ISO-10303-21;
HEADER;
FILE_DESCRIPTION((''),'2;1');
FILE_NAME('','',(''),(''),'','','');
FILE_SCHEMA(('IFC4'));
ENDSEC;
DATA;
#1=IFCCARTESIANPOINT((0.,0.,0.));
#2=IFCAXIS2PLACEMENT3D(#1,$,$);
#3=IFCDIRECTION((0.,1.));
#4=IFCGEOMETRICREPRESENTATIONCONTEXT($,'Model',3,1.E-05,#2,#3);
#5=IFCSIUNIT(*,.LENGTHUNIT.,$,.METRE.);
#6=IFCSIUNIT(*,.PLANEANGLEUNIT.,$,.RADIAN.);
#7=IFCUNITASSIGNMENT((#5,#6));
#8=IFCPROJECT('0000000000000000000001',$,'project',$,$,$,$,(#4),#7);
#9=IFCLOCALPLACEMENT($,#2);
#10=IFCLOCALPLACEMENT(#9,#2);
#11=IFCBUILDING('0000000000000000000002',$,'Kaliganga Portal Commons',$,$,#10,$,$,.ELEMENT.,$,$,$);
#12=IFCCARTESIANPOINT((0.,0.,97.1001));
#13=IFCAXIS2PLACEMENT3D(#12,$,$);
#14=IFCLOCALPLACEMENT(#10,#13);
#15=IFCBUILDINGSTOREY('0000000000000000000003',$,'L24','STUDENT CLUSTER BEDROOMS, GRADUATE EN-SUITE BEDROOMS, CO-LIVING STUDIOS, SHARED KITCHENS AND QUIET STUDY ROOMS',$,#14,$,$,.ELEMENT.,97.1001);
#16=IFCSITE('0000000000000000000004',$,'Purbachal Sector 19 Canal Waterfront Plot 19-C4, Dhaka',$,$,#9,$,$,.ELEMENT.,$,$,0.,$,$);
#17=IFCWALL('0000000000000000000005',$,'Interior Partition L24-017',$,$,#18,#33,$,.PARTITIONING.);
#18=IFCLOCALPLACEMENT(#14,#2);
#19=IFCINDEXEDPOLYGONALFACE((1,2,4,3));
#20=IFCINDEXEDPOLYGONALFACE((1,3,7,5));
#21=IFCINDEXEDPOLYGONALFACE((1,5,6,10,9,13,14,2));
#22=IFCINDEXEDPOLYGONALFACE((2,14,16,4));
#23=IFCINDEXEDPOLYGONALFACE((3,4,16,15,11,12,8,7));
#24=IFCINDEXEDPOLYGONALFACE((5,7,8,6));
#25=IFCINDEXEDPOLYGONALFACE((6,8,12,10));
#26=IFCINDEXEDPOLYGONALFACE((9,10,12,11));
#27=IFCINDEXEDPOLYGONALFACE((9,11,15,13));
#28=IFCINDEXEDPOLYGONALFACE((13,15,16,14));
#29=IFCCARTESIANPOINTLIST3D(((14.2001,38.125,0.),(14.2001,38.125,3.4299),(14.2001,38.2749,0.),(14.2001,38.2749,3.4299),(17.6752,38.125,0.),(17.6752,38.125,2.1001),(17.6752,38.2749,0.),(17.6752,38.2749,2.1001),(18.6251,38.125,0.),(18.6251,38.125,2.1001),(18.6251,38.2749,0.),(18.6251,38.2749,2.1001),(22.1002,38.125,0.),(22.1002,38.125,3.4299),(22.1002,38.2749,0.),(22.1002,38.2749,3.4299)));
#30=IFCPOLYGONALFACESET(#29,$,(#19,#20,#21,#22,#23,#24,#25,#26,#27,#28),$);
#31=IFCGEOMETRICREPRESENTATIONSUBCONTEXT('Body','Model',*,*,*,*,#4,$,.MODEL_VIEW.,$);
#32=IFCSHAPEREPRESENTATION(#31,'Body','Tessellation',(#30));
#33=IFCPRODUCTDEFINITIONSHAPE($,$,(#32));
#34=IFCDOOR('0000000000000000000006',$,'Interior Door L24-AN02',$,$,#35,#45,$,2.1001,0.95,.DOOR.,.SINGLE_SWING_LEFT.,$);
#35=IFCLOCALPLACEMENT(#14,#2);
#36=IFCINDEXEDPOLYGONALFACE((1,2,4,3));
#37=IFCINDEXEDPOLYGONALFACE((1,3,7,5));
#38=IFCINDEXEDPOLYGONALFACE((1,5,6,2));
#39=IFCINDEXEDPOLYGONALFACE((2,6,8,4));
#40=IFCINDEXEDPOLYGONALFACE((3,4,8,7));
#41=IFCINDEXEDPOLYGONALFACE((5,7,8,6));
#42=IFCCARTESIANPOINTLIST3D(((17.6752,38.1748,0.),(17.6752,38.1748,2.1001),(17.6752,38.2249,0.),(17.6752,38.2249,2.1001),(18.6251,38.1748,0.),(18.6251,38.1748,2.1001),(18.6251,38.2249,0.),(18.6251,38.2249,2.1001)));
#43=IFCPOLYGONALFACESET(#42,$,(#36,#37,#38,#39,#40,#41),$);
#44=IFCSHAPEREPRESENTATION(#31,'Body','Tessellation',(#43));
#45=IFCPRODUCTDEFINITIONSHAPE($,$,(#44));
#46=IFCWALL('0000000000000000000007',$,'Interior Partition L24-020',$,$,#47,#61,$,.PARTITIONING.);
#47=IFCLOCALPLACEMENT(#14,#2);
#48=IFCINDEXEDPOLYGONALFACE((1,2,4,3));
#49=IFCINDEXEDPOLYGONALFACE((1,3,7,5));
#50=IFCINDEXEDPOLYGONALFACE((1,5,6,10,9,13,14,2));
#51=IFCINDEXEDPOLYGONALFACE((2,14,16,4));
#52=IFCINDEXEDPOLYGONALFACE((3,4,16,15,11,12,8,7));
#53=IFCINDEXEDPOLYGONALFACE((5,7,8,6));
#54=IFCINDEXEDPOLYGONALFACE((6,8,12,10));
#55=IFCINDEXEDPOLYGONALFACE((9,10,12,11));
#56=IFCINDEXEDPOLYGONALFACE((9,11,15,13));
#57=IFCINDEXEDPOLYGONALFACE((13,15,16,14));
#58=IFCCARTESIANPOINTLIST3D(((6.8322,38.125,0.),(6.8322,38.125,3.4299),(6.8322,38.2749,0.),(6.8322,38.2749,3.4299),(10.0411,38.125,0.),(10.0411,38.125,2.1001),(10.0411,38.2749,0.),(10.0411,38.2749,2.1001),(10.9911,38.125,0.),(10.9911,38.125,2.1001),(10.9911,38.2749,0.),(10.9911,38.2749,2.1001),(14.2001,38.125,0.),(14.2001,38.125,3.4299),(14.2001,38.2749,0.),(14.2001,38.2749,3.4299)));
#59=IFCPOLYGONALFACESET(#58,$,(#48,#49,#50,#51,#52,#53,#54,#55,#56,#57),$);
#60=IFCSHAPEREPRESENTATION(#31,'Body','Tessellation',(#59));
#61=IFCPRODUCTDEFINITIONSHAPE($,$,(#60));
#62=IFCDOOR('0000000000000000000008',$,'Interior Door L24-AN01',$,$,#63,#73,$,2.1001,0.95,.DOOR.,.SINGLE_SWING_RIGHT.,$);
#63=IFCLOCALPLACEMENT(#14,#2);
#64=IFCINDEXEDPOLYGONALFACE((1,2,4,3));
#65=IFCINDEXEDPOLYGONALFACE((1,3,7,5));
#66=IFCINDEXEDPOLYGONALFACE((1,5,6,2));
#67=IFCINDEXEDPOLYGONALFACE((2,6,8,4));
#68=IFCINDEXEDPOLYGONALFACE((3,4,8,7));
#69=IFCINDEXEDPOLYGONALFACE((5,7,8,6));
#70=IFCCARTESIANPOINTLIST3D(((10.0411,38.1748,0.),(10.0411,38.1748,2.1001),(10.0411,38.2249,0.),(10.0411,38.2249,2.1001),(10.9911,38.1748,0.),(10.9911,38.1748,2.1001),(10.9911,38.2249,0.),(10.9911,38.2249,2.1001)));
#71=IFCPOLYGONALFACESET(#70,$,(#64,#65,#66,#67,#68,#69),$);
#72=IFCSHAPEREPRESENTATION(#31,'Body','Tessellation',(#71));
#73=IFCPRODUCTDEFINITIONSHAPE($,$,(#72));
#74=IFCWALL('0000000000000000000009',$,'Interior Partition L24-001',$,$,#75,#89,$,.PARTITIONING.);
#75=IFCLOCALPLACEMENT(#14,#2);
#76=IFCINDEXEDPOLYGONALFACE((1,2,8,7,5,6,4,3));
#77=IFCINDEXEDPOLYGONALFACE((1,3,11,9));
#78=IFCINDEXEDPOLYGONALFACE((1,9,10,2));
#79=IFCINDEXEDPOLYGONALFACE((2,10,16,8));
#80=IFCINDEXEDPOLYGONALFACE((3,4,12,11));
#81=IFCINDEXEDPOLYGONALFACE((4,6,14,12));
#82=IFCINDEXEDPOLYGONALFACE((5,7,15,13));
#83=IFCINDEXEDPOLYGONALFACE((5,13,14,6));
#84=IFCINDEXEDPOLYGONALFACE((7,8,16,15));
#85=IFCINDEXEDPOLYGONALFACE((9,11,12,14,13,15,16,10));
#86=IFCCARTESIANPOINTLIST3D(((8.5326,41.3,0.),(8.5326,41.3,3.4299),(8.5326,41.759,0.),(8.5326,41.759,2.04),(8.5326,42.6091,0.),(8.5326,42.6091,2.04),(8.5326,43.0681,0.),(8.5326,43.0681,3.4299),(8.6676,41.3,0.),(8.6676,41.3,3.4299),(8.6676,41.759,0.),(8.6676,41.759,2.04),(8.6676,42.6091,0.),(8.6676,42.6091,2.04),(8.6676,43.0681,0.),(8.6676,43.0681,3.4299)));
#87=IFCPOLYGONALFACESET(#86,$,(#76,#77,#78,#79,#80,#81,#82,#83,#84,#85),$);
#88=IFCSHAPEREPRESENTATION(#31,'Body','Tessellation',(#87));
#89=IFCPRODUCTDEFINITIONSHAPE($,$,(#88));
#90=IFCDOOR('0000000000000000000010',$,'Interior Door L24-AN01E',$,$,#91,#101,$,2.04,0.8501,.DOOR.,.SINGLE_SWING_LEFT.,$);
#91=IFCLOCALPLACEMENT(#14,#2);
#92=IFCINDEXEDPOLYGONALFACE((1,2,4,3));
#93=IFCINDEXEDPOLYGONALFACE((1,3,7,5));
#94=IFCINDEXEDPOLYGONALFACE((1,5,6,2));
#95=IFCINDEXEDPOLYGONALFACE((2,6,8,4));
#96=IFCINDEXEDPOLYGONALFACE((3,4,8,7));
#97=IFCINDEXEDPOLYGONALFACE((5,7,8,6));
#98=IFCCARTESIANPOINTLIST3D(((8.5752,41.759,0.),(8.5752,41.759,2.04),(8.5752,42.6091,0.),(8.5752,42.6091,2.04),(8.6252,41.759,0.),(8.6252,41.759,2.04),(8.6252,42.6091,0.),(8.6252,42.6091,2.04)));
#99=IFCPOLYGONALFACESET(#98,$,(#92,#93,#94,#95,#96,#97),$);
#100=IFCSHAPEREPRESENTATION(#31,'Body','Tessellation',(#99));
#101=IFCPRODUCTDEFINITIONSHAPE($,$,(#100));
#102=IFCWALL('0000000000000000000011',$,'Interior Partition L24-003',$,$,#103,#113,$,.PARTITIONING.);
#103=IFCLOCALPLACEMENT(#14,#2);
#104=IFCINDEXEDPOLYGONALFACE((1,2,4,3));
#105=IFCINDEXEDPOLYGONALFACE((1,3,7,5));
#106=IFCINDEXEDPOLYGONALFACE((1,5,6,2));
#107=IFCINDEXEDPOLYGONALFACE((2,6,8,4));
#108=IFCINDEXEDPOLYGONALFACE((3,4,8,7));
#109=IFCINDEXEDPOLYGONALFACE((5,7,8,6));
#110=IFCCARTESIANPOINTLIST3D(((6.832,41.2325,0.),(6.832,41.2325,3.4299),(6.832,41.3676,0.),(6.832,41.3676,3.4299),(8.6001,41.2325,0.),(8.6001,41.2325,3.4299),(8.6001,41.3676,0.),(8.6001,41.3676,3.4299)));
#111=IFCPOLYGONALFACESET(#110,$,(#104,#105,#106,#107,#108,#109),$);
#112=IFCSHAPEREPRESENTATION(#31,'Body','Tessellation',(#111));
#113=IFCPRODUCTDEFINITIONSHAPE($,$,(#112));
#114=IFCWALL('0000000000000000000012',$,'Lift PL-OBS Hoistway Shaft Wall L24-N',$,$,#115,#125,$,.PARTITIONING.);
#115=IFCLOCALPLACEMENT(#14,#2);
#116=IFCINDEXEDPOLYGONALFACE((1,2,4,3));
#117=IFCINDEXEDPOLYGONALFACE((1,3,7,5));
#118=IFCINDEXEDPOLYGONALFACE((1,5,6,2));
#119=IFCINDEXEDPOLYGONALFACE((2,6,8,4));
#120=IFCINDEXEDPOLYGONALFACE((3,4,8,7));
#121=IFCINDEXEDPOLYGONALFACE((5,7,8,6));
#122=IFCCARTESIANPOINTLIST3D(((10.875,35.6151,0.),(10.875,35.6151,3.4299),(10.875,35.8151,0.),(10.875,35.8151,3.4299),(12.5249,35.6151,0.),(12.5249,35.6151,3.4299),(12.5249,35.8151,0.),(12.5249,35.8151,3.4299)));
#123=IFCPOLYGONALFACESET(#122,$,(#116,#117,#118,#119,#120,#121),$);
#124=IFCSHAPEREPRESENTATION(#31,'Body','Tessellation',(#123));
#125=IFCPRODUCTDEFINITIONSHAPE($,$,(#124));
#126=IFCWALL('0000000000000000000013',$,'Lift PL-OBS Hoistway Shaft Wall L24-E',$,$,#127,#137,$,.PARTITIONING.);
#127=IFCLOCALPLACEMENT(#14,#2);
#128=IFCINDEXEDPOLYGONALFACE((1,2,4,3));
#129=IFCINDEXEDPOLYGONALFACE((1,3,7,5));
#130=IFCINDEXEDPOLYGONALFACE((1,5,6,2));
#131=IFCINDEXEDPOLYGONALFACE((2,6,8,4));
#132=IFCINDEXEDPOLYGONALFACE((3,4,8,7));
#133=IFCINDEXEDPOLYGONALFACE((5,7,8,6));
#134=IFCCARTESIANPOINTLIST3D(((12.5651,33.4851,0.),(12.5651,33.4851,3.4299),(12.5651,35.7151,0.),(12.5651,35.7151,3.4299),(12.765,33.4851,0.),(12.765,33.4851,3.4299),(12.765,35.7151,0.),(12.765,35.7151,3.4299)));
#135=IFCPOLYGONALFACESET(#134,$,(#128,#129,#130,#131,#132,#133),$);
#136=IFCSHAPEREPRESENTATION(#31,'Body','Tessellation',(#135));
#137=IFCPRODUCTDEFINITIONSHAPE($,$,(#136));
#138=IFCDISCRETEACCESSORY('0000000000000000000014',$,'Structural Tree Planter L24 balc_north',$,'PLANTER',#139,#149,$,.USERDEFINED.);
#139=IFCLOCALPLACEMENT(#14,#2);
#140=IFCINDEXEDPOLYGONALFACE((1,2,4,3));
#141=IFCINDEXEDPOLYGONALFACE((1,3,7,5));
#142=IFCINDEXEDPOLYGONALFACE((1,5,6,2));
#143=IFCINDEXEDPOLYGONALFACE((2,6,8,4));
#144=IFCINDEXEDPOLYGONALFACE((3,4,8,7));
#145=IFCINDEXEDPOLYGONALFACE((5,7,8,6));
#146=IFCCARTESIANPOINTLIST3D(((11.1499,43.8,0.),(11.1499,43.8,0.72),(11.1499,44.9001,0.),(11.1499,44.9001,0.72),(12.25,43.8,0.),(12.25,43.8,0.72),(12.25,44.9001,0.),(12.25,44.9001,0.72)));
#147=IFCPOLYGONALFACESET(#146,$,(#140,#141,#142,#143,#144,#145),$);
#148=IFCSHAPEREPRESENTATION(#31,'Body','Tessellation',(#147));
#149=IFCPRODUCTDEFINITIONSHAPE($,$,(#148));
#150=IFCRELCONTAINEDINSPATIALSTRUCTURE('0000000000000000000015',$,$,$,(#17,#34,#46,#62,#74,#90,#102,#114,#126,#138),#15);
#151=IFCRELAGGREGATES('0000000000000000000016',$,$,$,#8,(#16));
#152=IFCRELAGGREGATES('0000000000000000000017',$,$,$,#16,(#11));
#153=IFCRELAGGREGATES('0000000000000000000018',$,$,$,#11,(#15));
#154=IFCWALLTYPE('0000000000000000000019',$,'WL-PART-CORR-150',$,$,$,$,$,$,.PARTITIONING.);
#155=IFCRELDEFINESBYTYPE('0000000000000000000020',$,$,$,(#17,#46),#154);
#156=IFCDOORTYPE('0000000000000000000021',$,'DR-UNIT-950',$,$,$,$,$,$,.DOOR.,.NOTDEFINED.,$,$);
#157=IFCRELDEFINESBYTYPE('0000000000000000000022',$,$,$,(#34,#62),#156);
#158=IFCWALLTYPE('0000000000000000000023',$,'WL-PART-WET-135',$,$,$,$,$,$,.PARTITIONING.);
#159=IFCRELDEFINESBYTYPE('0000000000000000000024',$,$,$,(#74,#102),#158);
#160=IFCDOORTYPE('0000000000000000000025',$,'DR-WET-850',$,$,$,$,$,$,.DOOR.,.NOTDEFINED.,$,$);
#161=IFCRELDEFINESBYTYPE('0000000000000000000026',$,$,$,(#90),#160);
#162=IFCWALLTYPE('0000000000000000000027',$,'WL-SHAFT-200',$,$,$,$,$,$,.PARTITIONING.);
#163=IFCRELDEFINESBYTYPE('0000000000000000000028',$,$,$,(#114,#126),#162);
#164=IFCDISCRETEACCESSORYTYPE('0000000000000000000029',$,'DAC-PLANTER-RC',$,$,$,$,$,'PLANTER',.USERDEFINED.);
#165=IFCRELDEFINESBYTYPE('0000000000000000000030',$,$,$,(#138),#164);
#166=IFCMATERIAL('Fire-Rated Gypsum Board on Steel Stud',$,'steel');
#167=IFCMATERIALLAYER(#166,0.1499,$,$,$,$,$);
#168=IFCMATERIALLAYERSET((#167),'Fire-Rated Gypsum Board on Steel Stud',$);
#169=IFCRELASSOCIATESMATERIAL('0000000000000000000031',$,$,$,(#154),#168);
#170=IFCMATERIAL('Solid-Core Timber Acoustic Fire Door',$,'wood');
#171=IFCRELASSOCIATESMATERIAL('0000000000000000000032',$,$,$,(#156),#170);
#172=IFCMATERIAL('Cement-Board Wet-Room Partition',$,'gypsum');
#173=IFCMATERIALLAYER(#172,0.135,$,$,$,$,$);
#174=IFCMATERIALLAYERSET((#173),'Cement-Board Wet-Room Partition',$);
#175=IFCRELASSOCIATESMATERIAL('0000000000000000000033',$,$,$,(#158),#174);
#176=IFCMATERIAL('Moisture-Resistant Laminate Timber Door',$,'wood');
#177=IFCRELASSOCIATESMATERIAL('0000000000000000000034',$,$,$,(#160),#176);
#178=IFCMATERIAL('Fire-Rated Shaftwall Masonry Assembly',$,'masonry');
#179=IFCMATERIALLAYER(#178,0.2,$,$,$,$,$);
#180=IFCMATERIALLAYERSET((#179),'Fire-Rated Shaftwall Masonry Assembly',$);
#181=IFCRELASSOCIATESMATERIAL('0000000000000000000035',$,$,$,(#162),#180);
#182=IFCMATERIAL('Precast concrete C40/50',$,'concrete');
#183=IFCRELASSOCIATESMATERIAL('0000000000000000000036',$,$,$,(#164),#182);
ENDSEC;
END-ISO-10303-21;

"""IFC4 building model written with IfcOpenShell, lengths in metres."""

from ifc_helpers import new_model, si_unit, direction, frame, frame_2d, origin, origin_2d, place, context, subcontext, project, spatial, rectangle, extrude, source, transform, mapped, material, layer, layer_set, type_object, element, fill, save


model = new_model("IFC4")

# Units and contexts
model_context = context("Model", 3, precision=1e-05, world=origin(), true_north=direction((0.0, 1.0)))
body_context = subcontext(model_context, "Body", "Model", "MODEL_VIEW")
ifc_project = project(units=[si_unit("LENGTHUNIT", "METRE"), si_unit("PLANEANGLEUNIT", "RADIAN")], contexts=[model_context])

# Site, building, storey
site_placement = place(None, origin())
site = spatial("IfcSite", under=ifc_project, at=site_placement, Name="Purbachal Sector 19 Canal Waterfront Plot 19-C4, Dhaka", CompositionType="ELEMENT", RefElevation=0.0)
building_placement = place(site_placement, origin())
building = spatial("IfcBuilding", under=site, at=building_placement, Name="Kaliganga Portal Commons", CompositionType="ELEMENT")
storey_placement = place(building_placement, frame((0.0, 0.0, 97.1001)))
storey = spatial("IfcBuildingStorey", under=building, at=storey_placement, Name="L24", Description="STUDENT CLUSTER BEDROOMS, GRADUATE EN-SUITE BEDROOMS, CO-LIVING STUDIOS, SHARED KITCHENS AND QUIET STUDY ROOMS", CompositionType="ELEMENT", Elevation=97.1001)

# Walls, openings, doors
ifc_material_1 = material(Name="Fire-Rated Gypsum Board on Steel Stud", Category="steel")
ifc_layer_1 = layer(ifc_material_1, 0.1499)
ifc_layer_set_1 = layer_set([ifc_layer_1], Name="Fire-Rated Gypsum Board on Steel Stud")
wall_type_1 = type_object("IfcWallType", Name="WL-PART-CORR-150", PredefinedType="PARTITIONING", material=ifc_layer_set_1)
wall_1_placement = place(storey_placement, frame((14.2, 38.2, 0.0), z_axis=(0.0, 0.0, 1.0), x_axis=(1.0, 0.0, 0.0)))
wall_1 = element("IfcWall", 1, at=wall_1_placement, inside=storey, type_object=wall_type_1, Name="Interior Partition L24-017", PredefinedType="PARTITIONING", context=body_context, shape_type="SweptSolid", body=[
    extrude(rectangle(XDim=7.9001, YDim=0.1499, at=frame_2d((3.9502, 0.0))), origin(), (0.0, 0.0, 1.0), 3.4299),
])
opening_1_placement = place(wall_1_placement, frame((3.4751, 0.0, 0.0)))
opening_1 = element("IfcOpeningElement", 2, at=opening_1_placement, cuts=wall_1, PredefinedType="OPENING", context=body_context, shape_type="SweptSolid", body=[
    extrude(rectangle(XDim=0.95, YDim=2.1001, at=frame_2d((0.4751, 1.05))), frame((0.0, 0.085, 0.0), z_axis=(0.0, -1.0, 0.0), x_axis=(1.0, 0.0, 0.0)), (0.0, 0.0, 1.0), 0.1699),
])
ifc_material_2 = material(Name="Solid-Core Timber Acoustic Fire Door", Category="wood")
door_type_1 = type_object("IfcDoorType", Name="DR-UNIT-950", OperationType="NOTDEFINED", PredefinedType="DOOR", material=ifc_material_2)
door_1_placement = place(opening_1_placement, origin())
door_1 = element("IfcDoor", 3, at=door_1_placement, inside=storey, type_object=door_type_1, Name="Interior Door L24-AN02", OperationType="SINGLE_SWING_LEFT", OverallHeight=2.1001, OverallWidth=0.95, PredefinedType="DOOR", context=body_context, shape_type="SweptSolid", body=[
    extrude(rectangle(XDim=0.95, YDim=2.1001, at=frame_2d((0.4751, 1.05))), frame((0.0, 0.0249, 0.0), z_axis=(0.0, -1.0, 0.0), x_axis=(1.0, 0.0, 0.0)), (0.0, 0.0, 1.0), 0.05),
])
fill(opening_1, door_1)
wall_2_placement = place(storey_placement, frame((6.832, 38.2, 0.0), z_axis=(0.0, 0.0, 1.0), x_axis=(1.0, 0.0, 0.0)))
wall_2 = element("IfcWall", 4, at=wall_2_placement, inside=storey, type_object=wall_type_1, Name="Interior Partition L24-020", PredefinedType="PARTITIONING", context=body_context, shape_type="SweptSolid", body=[
    extrude(rectangle(XDim=7.3679, YDim=0.1499, at=frame_2d((3.6841, 0.0))), origin(), (0.0, 0.0, 1.0), 3.4299),
])
opening_2_placement = place(wall_2_placement, frame((3.209, 0.0, 0.0)))
opening_2 = element("IfcOpeningElement", 5, at=opening_2_placement, cuts=wall_2, PredefinedType="OPENING", context=body_context, shape_type="SweptSolid", body=[
    extrude(rectangle(XDim=0.95, YDim=2.1001, at=frame_2d((0.4751, 1.05))), frame((0.0, 0.085, 0.0), z_axis=(0.0, -1.0, 0.0), x_axis=(1.0, 0.0, 0.0)), (0.0, 0.0, 1.0), 0.1699),
])
door_2_placement = place(opening_2_placement, origin())
door_2 = element("IfcDoor", 6, at=door_2_placement, inside=storey, type_object=door_type_1, Name="Interior Door L24-AN01", OperationType="SINGLE_SWING_RIGHT", OverallHeight=2.1001, OverallWidth=0.95, PredefinedType="DOOR", context=body_context, shape_type="SweptSolid", body=[
    extrude(rectangle(XDim=0.95, YDim=2.1001, at=frame_2d((0.4751, 1.05))), frame((0.0, 0.0249, 0.0), z_axis=(0.0, -1.0, 0.0), x_axis=(1.0, 0.0, 0.0)), (0.0, 0.0, 1.0), 0.05),
])
fill(opening_2, door_2)
ifc_material_3 = material(Name="Cement-Board Wet-Room Partition", Category="gypsum")
ifc_layer_2 = layer(ifc_material_3, 0.135)
ifc_layer_set_2 = layer_set([ifc_layer_2], Name="Cement-Board Wet-Room Partition")
wall_type_2 = type_object("IfcWallType", Name="WL-PART-WET-135", PredefinedType="PARTITIONING", material=ifc_layer_set_2)
wall_3_placement = place(storey_placement, frame((8.6001, 41.3, 0.0), z_axis=(0.0, 0.0, 1.0), x_axis=(0.0, 1.0, 0.0)))
wall_3 = element("IfcWall", 7, at=wall_3_placement, inside=storey, type_object=wall_type_2, Name="Interior Partition L24-001", PredefinedType="PARTITIONING", context=body_context, shape_type="SweptSolid", body=[
    extrude(rectangle(XDim=1.7681, YDim=0.135, at=frame_2d((0.884, 0.0))), origin(), (0.0, 0.0, 1.0), 3.4299),
])
opening_3_placement = place(wall_3_placement, frame((0.459, 0.0, 0.0)))
opening_3 = element("IfcOpeningElement", 8, at=opening_3_placement, cuts=wall_3, PredefinedType="OPENING", context=body_context, shape_type="SweptSolid", body=[
    extrude(rectangle(XDim=0.8501, YDim=2.04, at=frame_2d((0.425, 1.02))), frame((0.0, 0.0776, 0.0), z_axis=(0.0, -1.0, 0.0), x_axis=(1.0, 0.0, 0.0)), (0.0, 0.0, 1.0), 0.155),
])
ifc_material_4 = material(Name="Moisture-Resistant Laminate Timber Door", Category="wood")
door_type_2 = type_object("IfcDoorType", Name="DR-WET-850", OperationType="NOTDEFINED", PredefinedType="DOOR", material=ifc_material_4)
door_3_placement = place(opening_3_placement, origin())
door_3 = element("IfcDoor", 9, at=door_3_placement, inside=storey, type_object=door_type_2, Name="Interior Door L24-AN01E", OperationType="SINGLE_SWING_LEFT", OverallHeight=2.04, OverallWidth=0.8501, PredefinedType="DOOR", context=body_context, shape_type="SweptSolid", body=[
    extrude(rectangle(XDim=0.8501, YDim=2.04, at=frame_2d((0.425, 1.02))), frame((0.0, 0.0249, 0.0), z_axis=(0.0, -1.0, 0.0), x_axis=(1.0, 0.0, 0.0)), (0.0, 0.0, 1.0), 0.05),
])
fill(opening_3, door_3)

# Wall
wall_4_placement = place(storey_placement, frame((6.832, 41.3, 0.0), z_axis=(0.0, 0.0, 1.0), x_axis=(1.0, 0.0, 0.0)))
element("IfcWall", 10, at=wall_4_placement, inside=storey, type_object=wall_type_2, Name="Interior Partition L24-003", PredefinedType="PARTITIONING", context=body_context, shape_type="SweptSolid", body=[
    extrude(rectangle(XDim=1.7681, YDim=0.135, at=frame_2d((0.884, 0.0))), origin(), (0.0, 0.0, 1.0), 3.4299),
])

# Shared definitions
ifc_material_5 = material(Name="Fire-Rated Shaftwall Masonry Assembly", Category="masonry")
ifc_layer_3 = layer(ifc_material_5, 0.2)
ifc_layer_set_3 = layer_set([ifc_layer_3], Name="Fire-Rated Shaftwall Masonry Assembly")
wall_type_3 = type_object("IfcWallType", Name="WL-SHAFT-200", PredefinedType="PARTITIONING", material=ifc_layer_set_3)

# Walls
wall_5_placement = place(storey_placement, frame((10.875, 35.7151, 0.0), z_axis=(0.0, 0.0, 1.0), x_axis=(1.0, 0.0, 0.0)))
element("IfcWall", 11, at=wall_5_placement, inside=storey, type_object=wall_type_3, Name="Lift PL-OBS Hoistway Shaft Wall L24-N", PredefinedType="PARTITIONING", context=body_context, shape_type="SweptSolid", body=[
    extrude(rectangle(XDim=1.6499, YDim=0.2, at=frame_2d((0.825, 0.0))), origin(), (0.0, 0.0, 1.0), 3.4299),
])
wall_6_placement = place(storey_placement, frame((12.665, 33.4851, 0.0), z_axis=(0.0, 0.0, 1.0), x_axis=(0.0, 1.0, 0.0)))
element("IfcWall", 12, at=wall_6_placement, inside=storey, type_object=wall_type_3, Name="Lift PL-OBS Hoistway Shaft Wall L24-E", PredefinedType="PARTITIONING", context=body_context, shape_type="SweptSolid", body=[
    extrude(rectangle(XDim=2.23, YDim=0.2, at=frame_2d((1.115, 0.0))), origin(), (0.0, 0.0, 1.0), 3.4299),
])

# Discrete accessory
ifc_material_6 = material(Name="Precast concrete C40/50", Category="concrete")
discrete_accessory_type = type_object("IfcDiscreteAccessoryType", Name="DAC-PLANTER-RC", ElementType="PLANTER", PredefinedType="USERDEFINED", material=ifc_material_6)
shared_shape_1 = source(origin(), body_context, "Body", "SweptSolid", [
    extrude(rectangle(XDim=1.1001, YDim=1.1001, at=origin_2d()), origin(), (0.0, 0.0, 1.0), 0.72),
])
discrete_accessory_placement = place(storey_placement, frame((11.7, 44.3501, 0.0), z_axis=(0.0, 0.0, 1.0), x_axis=(1.0, 0.0, 0.0)))
element("IfcDiscreteAccessory", 13, at=discrete_accessory_placement, inside=storey, type_object=discrete_accessory_type, Name="Structural Tree Planter L24 balc_north", ObjectType="PLANTER", PredefinedType="USERDEFINED", context=body_context, shape_type="MappedRepresentation", body=[
    mapped(shared_shape_1, transform((0.0, 0.0, 0.0), x_axis=(1.0, 0.0, 0.0), y_axis=(0.0, 1.0, 0.0), z_axis=(0.0, 0.0, 1.0), scale=1.0)),
])

save(model, "model.ifc")
